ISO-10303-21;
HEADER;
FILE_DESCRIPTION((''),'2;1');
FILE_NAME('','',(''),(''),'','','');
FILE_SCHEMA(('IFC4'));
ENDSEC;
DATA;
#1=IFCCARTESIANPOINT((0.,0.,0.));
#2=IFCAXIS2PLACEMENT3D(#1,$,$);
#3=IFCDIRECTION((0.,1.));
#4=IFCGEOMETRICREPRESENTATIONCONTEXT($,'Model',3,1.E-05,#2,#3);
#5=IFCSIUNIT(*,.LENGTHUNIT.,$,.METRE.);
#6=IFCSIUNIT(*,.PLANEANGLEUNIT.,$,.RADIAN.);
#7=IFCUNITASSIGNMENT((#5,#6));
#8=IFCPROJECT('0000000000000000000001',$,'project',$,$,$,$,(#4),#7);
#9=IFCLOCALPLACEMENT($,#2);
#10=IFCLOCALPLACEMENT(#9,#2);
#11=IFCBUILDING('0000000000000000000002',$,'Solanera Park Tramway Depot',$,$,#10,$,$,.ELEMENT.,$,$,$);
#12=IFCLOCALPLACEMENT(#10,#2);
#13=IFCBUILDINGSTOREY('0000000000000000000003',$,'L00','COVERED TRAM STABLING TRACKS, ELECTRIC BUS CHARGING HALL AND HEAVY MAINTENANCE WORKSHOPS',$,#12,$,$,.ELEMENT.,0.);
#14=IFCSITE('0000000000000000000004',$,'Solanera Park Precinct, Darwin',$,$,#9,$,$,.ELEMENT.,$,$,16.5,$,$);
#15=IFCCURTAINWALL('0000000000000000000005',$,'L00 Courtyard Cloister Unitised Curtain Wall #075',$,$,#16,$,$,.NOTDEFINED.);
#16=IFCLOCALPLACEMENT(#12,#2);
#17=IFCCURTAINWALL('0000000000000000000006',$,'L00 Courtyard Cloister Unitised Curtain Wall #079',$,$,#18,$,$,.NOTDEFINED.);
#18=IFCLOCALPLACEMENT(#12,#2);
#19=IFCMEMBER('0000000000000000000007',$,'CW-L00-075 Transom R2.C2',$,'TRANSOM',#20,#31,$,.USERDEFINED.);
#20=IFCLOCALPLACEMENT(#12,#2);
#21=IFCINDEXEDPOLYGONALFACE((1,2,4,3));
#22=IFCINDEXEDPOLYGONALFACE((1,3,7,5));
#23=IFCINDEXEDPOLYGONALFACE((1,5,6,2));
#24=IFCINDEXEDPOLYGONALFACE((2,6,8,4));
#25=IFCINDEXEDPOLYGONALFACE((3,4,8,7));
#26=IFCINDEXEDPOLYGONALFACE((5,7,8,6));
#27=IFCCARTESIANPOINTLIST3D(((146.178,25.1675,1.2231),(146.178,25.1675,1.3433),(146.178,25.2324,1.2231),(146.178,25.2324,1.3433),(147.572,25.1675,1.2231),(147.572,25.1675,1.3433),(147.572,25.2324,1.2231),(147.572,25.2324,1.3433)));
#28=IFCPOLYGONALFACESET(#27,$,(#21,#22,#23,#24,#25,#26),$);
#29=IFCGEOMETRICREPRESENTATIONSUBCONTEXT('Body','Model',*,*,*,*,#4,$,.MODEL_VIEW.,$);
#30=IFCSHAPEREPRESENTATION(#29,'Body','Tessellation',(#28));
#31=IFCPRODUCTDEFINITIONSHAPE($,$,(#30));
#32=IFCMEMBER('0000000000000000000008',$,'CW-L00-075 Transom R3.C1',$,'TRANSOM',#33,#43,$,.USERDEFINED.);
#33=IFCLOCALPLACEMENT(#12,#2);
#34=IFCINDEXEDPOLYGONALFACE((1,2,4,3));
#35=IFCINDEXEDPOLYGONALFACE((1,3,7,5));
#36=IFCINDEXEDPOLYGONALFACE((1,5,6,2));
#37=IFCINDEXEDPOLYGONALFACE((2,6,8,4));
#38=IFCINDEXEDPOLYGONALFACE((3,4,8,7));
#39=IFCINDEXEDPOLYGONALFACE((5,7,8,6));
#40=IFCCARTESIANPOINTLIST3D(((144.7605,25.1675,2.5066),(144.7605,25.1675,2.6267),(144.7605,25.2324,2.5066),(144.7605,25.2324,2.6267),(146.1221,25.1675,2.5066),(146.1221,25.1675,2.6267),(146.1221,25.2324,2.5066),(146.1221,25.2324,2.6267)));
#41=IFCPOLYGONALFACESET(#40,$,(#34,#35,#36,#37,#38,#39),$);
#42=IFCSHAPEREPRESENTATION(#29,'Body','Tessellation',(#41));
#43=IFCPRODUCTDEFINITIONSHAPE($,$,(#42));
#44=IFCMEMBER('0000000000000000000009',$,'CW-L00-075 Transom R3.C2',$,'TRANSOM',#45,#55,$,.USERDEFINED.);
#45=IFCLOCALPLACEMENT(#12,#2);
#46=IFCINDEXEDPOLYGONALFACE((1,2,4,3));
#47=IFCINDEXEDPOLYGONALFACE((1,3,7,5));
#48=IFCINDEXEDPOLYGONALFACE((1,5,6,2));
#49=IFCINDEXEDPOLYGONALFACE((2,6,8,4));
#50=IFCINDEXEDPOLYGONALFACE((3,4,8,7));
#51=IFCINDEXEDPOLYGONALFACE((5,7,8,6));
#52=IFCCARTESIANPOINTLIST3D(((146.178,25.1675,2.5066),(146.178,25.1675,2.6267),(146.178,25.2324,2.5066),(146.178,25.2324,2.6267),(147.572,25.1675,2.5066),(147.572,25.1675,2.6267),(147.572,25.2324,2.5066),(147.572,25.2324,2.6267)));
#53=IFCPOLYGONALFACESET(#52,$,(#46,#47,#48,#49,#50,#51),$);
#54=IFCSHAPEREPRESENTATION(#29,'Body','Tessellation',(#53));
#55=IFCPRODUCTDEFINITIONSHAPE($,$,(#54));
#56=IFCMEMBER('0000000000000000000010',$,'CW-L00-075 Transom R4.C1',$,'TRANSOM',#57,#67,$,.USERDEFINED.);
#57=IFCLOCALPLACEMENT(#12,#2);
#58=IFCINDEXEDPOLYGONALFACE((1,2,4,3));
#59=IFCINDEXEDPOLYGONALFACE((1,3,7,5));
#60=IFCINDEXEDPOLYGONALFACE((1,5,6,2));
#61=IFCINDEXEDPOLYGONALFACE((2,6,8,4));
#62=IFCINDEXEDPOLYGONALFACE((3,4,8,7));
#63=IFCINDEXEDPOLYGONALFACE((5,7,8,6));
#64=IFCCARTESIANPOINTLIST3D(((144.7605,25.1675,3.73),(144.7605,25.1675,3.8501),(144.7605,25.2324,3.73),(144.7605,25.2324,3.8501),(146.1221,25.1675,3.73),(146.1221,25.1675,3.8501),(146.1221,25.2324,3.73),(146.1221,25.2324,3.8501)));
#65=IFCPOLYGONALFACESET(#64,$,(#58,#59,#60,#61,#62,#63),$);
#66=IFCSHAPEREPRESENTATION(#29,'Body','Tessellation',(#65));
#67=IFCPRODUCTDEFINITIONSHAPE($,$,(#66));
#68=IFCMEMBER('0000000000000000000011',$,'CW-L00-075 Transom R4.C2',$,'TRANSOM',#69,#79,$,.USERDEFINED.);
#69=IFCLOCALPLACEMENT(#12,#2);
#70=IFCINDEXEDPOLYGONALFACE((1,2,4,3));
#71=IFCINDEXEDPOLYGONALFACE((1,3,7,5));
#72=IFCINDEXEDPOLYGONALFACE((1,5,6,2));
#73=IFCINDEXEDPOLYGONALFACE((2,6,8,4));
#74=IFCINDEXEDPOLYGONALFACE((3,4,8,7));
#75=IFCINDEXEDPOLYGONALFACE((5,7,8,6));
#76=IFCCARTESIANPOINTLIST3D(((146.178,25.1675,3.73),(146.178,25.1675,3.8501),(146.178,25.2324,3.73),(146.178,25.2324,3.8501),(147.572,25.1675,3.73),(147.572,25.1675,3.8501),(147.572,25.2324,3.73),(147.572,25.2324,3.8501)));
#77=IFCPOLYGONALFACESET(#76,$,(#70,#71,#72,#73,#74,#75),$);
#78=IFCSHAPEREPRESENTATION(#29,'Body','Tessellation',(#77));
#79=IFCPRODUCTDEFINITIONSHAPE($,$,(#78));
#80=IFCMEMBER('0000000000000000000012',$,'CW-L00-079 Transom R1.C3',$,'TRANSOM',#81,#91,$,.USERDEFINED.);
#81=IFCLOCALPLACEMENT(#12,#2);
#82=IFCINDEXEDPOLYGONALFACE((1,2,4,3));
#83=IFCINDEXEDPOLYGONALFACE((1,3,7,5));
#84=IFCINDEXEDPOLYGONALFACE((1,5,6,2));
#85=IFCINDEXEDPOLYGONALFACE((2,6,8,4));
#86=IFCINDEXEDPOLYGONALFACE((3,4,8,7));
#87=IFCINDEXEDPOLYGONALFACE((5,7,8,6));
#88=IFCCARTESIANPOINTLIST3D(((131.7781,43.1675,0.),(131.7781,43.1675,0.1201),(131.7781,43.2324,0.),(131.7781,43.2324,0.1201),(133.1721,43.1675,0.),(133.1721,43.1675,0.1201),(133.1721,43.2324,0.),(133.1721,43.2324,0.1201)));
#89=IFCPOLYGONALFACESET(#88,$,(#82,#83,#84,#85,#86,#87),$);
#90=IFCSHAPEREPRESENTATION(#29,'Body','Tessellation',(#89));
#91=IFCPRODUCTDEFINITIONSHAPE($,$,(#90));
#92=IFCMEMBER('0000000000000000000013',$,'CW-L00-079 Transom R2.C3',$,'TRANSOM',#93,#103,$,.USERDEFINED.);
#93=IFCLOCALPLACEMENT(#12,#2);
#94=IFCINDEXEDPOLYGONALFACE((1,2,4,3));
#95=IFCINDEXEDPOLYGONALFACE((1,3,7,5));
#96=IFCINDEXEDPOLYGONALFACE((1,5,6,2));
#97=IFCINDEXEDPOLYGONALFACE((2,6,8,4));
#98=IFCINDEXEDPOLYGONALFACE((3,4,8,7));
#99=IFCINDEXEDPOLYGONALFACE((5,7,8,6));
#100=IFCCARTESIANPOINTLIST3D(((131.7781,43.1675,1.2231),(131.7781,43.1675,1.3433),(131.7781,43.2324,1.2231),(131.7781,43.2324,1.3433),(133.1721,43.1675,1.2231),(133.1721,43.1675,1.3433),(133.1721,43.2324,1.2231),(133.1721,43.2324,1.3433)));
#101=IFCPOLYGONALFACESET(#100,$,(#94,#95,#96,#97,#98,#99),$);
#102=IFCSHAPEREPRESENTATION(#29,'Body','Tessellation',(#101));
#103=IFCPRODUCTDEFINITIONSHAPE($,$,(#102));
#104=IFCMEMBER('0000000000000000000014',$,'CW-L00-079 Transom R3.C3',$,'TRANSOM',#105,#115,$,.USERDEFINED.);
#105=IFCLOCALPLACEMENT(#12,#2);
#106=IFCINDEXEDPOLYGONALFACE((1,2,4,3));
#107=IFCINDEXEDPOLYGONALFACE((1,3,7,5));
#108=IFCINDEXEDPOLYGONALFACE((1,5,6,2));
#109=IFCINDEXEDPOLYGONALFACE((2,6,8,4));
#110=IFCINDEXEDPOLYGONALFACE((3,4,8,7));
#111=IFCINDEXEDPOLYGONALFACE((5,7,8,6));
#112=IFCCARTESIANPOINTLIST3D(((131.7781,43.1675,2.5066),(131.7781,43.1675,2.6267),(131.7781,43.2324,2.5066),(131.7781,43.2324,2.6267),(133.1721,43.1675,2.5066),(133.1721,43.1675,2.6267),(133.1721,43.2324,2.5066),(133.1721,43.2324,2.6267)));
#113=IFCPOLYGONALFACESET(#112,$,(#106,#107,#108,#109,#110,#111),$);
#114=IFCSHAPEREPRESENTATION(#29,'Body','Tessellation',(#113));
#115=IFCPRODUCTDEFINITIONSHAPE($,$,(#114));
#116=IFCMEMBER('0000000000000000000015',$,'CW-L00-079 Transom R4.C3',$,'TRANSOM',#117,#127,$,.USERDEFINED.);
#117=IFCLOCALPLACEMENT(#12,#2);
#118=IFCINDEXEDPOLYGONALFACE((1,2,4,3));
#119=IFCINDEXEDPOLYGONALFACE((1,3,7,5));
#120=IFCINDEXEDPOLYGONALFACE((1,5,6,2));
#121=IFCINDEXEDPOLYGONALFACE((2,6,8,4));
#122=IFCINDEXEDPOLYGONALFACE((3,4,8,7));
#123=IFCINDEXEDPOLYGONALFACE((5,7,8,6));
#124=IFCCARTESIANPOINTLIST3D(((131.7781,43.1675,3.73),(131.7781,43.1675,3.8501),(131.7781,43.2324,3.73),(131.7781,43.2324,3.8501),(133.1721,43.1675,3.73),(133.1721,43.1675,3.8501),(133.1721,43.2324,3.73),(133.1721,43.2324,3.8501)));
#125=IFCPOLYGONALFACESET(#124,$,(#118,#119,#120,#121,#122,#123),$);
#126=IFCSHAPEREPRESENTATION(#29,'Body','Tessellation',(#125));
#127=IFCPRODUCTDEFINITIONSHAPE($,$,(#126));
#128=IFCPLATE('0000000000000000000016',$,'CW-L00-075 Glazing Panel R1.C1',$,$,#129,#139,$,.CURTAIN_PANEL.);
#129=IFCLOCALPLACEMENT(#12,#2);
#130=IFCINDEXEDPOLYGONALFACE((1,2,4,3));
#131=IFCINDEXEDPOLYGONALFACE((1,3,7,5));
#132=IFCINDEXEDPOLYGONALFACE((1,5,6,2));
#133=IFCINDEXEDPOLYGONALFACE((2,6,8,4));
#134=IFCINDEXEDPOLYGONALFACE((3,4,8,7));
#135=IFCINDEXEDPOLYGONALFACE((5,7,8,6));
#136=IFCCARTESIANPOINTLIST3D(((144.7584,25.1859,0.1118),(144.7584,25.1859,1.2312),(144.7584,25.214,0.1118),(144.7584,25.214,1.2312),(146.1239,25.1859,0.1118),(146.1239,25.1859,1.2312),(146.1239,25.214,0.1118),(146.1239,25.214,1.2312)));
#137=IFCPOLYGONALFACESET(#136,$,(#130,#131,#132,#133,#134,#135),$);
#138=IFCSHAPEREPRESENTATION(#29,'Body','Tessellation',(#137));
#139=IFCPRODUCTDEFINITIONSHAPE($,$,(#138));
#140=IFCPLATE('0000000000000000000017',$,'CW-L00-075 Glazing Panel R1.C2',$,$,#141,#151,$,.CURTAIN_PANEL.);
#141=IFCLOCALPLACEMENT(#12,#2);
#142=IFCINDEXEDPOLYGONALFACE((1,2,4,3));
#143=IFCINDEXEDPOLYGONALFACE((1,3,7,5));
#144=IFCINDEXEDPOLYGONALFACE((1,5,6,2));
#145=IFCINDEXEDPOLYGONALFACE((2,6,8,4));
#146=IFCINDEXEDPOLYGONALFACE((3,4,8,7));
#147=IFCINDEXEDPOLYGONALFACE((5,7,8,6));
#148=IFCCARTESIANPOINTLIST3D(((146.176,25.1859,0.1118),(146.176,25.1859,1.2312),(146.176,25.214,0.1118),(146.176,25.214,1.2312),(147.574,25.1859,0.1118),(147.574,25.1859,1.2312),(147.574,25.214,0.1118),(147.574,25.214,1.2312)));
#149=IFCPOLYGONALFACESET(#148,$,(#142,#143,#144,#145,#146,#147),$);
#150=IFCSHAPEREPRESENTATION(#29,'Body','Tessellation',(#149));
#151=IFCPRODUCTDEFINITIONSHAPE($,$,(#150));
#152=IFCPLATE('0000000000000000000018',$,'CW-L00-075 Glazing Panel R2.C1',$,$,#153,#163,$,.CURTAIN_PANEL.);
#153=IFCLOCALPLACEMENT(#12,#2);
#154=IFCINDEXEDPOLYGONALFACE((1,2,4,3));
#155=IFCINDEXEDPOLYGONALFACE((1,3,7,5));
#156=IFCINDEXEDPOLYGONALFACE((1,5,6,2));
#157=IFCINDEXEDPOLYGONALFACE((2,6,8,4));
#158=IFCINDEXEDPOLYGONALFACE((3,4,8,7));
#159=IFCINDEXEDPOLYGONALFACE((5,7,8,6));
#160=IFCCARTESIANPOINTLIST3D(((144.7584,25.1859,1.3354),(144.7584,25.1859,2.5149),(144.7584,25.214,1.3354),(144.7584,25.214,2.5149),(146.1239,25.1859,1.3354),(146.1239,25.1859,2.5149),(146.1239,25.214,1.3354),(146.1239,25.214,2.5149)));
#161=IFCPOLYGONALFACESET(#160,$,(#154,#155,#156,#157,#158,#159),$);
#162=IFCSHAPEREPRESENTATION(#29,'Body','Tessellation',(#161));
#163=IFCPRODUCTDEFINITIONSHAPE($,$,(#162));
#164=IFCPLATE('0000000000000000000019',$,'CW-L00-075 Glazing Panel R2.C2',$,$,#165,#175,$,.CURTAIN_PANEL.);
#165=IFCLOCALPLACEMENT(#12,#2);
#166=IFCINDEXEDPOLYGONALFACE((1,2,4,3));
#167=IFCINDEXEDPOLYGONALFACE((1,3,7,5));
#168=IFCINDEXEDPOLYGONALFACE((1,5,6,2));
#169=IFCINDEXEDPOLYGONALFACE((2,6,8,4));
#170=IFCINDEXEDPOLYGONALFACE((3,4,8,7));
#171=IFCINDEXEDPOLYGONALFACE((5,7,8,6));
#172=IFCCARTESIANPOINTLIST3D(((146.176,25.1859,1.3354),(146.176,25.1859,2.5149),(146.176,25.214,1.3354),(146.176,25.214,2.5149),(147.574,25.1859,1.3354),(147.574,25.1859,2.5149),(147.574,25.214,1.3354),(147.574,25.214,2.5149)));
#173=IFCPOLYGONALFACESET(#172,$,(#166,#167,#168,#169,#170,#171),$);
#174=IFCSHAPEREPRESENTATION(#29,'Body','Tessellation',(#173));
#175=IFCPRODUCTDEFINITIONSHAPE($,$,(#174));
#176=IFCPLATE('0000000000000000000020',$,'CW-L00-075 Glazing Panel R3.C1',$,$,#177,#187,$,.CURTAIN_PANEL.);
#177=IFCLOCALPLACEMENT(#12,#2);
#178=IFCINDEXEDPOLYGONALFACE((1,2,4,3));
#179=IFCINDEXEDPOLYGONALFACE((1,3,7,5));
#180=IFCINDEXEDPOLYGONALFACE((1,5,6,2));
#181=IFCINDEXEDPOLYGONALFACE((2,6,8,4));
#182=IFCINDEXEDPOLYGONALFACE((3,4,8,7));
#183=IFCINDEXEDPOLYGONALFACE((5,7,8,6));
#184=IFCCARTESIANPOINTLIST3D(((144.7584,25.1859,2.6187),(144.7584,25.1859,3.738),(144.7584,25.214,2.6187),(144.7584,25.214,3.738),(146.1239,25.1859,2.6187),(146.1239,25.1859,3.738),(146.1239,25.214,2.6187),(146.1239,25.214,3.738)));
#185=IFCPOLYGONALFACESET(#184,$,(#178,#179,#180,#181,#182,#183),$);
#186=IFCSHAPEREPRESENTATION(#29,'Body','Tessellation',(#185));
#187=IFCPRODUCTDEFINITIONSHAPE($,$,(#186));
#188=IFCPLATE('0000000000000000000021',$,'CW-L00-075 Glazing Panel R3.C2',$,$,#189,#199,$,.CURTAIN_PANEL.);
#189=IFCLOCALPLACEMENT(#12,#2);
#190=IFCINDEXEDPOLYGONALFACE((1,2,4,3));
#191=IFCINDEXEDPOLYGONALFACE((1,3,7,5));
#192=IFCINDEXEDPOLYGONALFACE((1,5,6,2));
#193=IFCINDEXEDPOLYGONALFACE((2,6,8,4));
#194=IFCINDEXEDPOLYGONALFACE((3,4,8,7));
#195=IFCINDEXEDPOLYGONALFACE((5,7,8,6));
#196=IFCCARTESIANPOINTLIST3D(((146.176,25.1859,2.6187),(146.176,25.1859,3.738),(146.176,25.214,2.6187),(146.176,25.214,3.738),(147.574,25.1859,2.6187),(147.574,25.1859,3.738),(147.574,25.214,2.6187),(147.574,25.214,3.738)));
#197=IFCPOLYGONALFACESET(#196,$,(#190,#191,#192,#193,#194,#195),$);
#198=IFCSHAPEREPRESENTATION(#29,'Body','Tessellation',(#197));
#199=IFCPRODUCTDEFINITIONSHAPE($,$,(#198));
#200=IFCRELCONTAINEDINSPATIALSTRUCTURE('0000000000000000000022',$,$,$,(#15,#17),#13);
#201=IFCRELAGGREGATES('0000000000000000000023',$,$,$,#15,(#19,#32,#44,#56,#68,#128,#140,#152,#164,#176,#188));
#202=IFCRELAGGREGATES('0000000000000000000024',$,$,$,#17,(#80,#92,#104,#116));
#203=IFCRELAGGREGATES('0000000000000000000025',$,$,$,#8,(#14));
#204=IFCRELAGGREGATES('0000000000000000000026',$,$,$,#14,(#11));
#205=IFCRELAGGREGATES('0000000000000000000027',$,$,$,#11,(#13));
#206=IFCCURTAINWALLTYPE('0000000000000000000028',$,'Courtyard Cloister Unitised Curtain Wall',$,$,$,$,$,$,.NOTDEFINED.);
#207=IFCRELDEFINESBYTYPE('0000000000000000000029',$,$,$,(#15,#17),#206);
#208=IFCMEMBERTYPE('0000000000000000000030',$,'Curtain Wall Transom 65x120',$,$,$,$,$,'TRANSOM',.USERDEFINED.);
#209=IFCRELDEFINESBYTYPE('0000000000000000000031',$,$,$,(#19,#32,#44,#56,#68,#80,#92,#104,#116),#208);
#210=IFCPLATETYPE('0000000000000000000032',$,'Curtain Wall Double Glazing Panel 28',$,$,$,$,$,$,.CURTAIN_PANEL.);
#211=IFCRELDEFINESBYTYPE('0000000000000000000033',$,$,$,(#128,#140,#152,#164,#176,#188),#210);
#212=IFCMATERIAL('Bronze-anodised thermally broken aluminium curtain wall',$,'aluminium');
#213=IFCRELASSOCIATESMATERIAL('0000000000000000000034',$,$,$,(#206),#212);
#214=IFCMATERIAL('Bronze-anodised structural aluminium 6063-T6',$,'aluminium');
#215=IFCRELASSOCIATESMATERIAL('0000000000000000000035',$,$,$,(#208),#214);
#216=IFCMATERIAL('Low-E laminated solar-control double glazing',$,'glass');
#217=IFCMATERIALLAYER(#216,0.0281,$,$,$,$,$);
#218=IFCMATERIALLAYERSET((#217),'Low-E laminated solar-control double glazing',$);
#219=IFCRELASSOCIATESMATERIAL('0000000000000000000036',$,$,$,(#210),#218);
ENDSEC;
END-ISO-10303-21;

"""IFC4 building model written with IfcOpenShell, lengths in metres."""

from ifc_helpers import new_model, si_unit, direction, frame, origin, origin_2d, place, context, subcontext, project, spatial, rectangle, extrude, material, layer, layer_set, material_profile, profile_set, type_object, element, aggregate, save


model = new_model("IFC4")

# Units and contexts
model_context = context("Model", 3, precision=1e-05, world=origin(), true_north=direction((0.0, 1.0)))
body_context = subcontext(model_context, "Body", "Model", "MODEL_VIEW")
ifc_project = project(units=[si_unit("LENGTHUNIT", "METRE"), si_unit("PLANEANGLEUNIT", "RADIAN")], contexts=[model_context])

# Site, building, storey
site_placement = place(None, origin())
site = spatial("IfcSite", under=ifc_project, at=site_placement, Name="Solanera Park Precinct, Darwin", CompositionType="ELEMENT", RefElevation=16.5)
building_placement = place(site_placement, origin())
building = spatial("IfcBuilding", under=site, at=building_placement, Name="Solanera Park Tramway Depot", CompositionType="ELEMENT")
storey_placement = place(building_placement, origin())
storey = spatial("IfcBuildingStorey", under=building, at=storey_placement, Name="L00", Description="COVERED TRAM STABLING TRACKS, ELECTRIC BUS CHARGING HALL AND HEAVY MAINTENANCE WORKSHOPS", CompositionType="ELEMENT", Elevation=0.0)

# Curtain wall
ifc_material_1 = material(Name="Bronze-anodised thermally broken aluminium curtain wall", Category="aluminium")
curtain_wall_type = type_object("IfcCurtainWallType", Name="Courtyard Cloister Unitised Curtain Wall", PredefinedType="NOTDEFINED", material=ifc_material_1)
curtain_wall_1_placement = place(storey_placement, origin())
curtain_wall_1 = element("IfcCurtainWall", 1, at=curtain_wall_1_placement, inside=storey, type_object=curtain_wall_type, Name="L00 Courtyard Cloister Unitised Curtain Wall #075", PredefinedType="NOTDEFINED")

# Curtain wall
curtain_wall_2_placement = place(storey_placement, origin())
curtain_wall_2 = element("IfcCurtainWall", 2, at=curtain_wall_2_placement, inside=storey, type_object=curtain_wall_type, Name="L00 Courtyard Cloister Unitised Curtain Wall #079", PredefinedType="NOTDEFINED")

# Members
ifc_material_2 = material(Name="Bronze-anodised structural aluminium 6063-T6", Category="aluminium")
ifc_material_profile_1 = material_profile(ifc_material_2, rectangle(XDim=0.0649, YDim=0.1201, at=origin_2d()), Name="Curtain Wall Transom 65x120")
ifc_profile_set_1 = profile_set([ifc_material_profile_1], Name="Bronze-anodised structural aluminium 6063-T6")
member_type_1 = type_object("IfcMemberType", Name="Curtain Wall Transom 65x120", ElementType="TRANSOM", PredefinedType="USERDEFINED", material=ifc_profile_set_1)
member_1_placement = place(storey_placement, frame((146.178, 25.2, 1.2832), z_axis=(1.0, 0.0, 0.0), x_axis=(0.0, 1.0, 0.0)))
member_1 = element("IfcMember", 3, at=member_1_placement, type_object=member_type_1, Name="CW-L00-075 Transom R2.C2", ObjectType="TRANSOM", PredefinedType="USERDEFINED", context=body_context, shape_type="SweptSolid", body=[
    extrude(rectangle(XDim=0.0649, YDim=0.1201, at=origin_2d()), origin(), (0.0, 0.0, 1.0), 1.394),
])
member_2_placement = place(storey_placement, frame((144.7605, 25.2, 2.5667), z_axis=(1.0, 0.0, 0.0), x_axis=(0.0, 1.0, 0.0)))
member_2 = element("IfcMember", 4, at=member_2_placement, type_object=member_type_1, Name="CW-L00-075 Transom R3.C1", ObjectType="TRANSOM", PredefinedType="USERDEFINED", context=body_context, shape_type="SweptSolid", body=[
    extrude(rectangle(XDim=0.0649, YDim=0.1201, at=origin_2d()), origin(), (0.0, 0.0, 1.0), 1.3616),
])
member_3_placement = place(storey_placement, frame((146.178, 25.2, 2.5667), z_axis=(1.0, 0.0, 0.0), x_axis=(0.0, 1.0, 0.0)))
member_3 = element("IfcMember", 5, at=member_3_placement, type_object=member_type_1, Name="CW-L00-075 Transom R3.C2", ObjectType="TRANSOM", PredefinedType="USERDEFINED", context=body_context, shape_type="SweptSolid", body=[
    extrude(rectangle(XDim=0.0649, YDim=0.1201, at=origin_2d()), origin(), (0.0, 0.0, 1.0), 1.394),
])
member_4_placement = place(storey_placement, frame((144.7605, 25.2, 3.79), z_axis=(1.0, 0.0, 0.0), x_axis=(0.0, 1.0, 0.0)))
member_4 = element("IfcMember", 6, at=member_4_placement, type_object=member_type_1, Name="CW-L00-075 Transom R4.C1", ObjectType="TRANSOM", PredefinedType="USERDEFINED", context=body_context, shape_type="SweptSolid", body=[
    extrude(rectangle(XDim=0.0649, YDim=0.1201, at=origin_2d()), origin(), (0.0, 0.0, 1.0), 1.3616),
])
member_5_placement = place(storey_placement, frame((146.178, 25.2, 3.79), z_axis=(1.0, 0.0, 0.0), x_axis=(0.0, 1.0, 0.0)))
member_5 = element("IfcMember", 7, at=member_5_placement, type_object=member_type_1, Name="CW-L00-075 Transom R4.C2", ObjectType="TRANSOM", PredefinedType="USERDEFINED", context=body_context, shape_type="SweptSolid", body=[
    extrude(rectangle(XDim=0.0649, YDim=0.1201, at=origin_2d()), origin(), (0.0, 0.0, 1.0), 1.394),
])
member_6_placement = place(storey_placement, frame((133.1721, 43.2, 0.0601), z_axis=(-1.0, 0.0, 0.0), x_axis=(0.0, -1.0, 0.0)))
member_6 = element("IfcMember", 8, at=member_6_placement, type_object=member_type_1, Name="CW-L00-079 Transom R1.C3", ObjectType="TRANSOM", PredefinedType="USERDEFINED", context=body_context, shape_type="SweptSolid", body=[
    extrude(rectangle(XDim=0.0649, YDim=0.1201, at=origin_2d()), origin(), (0.0, 0.0, 1.0), 1.394),
])
member_7_placement = place(storey_placement, frame((133.1721, 43.2, 1.2832), z_axis=(-1.0, 0.0, 0.0), x_axis=(0.0, -1.0, 0.0)))
member_7 = element("IfcMember", 9, at=member_7_placement, type_object=member_type_1, Name="CW-L00-079 Transom R2.C3", ObjectType="TRANSOM", PredefinedType="USERDEFINED", context=body_context, shape_type="SweptSolid", body=[
    extrude(rectangle(XDim=0.0649, YDim=0.1201, at=origin_2d()), origin(), (0.0, 0.0, 1.0), 1.394),
])
member_8_placement = place(storey_placement, frame((133.1721, 43.2, 2.5667), z_axis=(-1.0, 0.0, 0.0), x_axis=(0.0, -1.0, 0.0)))
member_8 = element("IfcMember", 10, at=member_8_placement, type_object=member_type_1, Name="CW-L00-079 Transom R3.C3", ObjectType="TRANSOM", PredefinedType="USERDEFINED", context=body_context, shape_type="SweptSolid", body=[
    extrude(rectangle(XDim=0.0649, YDim=0.1201, at=origin_2d()), origin(), (0.0, 0.0, 1.0), 1.394),
])
member_9_placement = place(storey_placement, frame((133.1721, 43.2, 3.79), z_axis=(-1.0, 0.0, 0.0), x_axis=(0.0, -1.0, 0.0)))
member_9 = element("IfcMember", 11, at=member_9_placement, type_object=member_type_1, Name="CW-L00-079 Transom R4.C3", ObjectType="TRANSOM", PredefinedType="USERDEFINED", context=body_context, shape_type="SweptSolid", body=[
    extrude(rectangle(XDim=0.0649, YDim=0.1201, at=origin_2d()), origin(), (0.0, 0.0, 1.0), 1.394),
])

# Plates
ifc_material_3 = material(Name="Low-E laminated solar-control double glazing", Category="glass")
ifc_layer = layer(ifc_material_3, 0.0281)
ifc_layer_set = layer_set([ifc_layer], Name="Low-E laminated solar-control double glazing")
plate_type = type_object("IfcPlateType", Name="Curtain Wall Double Glazing Panel 28", PredefinedType="CURTAIN_PANEL", material=ifc_layer_set)
plate_1_placement = place(storey_placement, frame((145.4412, 25.2, 0.1118), z_axis=(0.0, 0.0, 1.0), x_axis=(1.0, 0.0, 0.0)))
plate_1 = element("IfcPlate", 12, at=plate_1_placement, type_object=plate_type, Name="CW-L00-075 Glazing Panel R1.C1", PredefinedType="CURTAIN_PANEL", context=body_context, shape_type="SweptSolid", body=[
    extrude(rectangle(XDim=1.3655, YDim=0.0281, at=origin_2d()), origin(), (0.0, 0.0, 1.0), 1.1194),
])
plate_2_placement = place(storey_placement, frame((146.875, 25.2, 0.1118), z_axis=(0.0, 0.0, 1.0), x_axis=(1.0, 0.0, 0.0)))
plate_2 = element("IfcPlate", 13, at=plate_2_placement, type_object=plate_type, Name="CW-L00-075 Glazing Panel R1.C2", PredefinedType="CURTAIN_PANEL", context=body_context, shape_type="SweptSolid", body=[
    extrude(rectangle(XDim=1.3979, YDim=0.0281, at=origin_2d()), origin(), (0.0, 0.0, 1.0), 1.1194),
])
plate_3_placement = place(storey_placement, frame((145.4412, 25.2, 1.3354), z_axis=(0.0, 0.0, 1.0), x_axis=(1.0, 0.0, 0.0)))
plate_3 = element("IfcPlate", 14, at=plate_3_placement, type_object=plate_type, Name="CW-L00-075 Glazing Panel R2.C1", PredefinedType="CURTAIN_PANEL", context=body_context, shape_type="SweptSolid", body=[
    extrude(rectangle(XDim=1.3655, YDim=0.0281, at=origin_2d()), origin(), (0.0, 0.0, 1.0), 1.1794),
])
plate_4_placement = place(storey_placement, frame((146.875, 25.2, 1.3354), z_axis=(0.0, 0.0, 1.0), x_axis=(1.0, 0.0, 0.0)))
plate_4 = element("IfcPlate", 15, at=plate_4_placement, type_object=plate_type, Name="CW-L00-075 Glazing Panel R2.C2", PredefinedType="CURTAIN_PANEL", context=body_context, shape_type="SweptSolid", body=[
    extrude(rectangle(XDim=1.3979, YDim=0.0281, at=origin_2d()), origin(), (0.0, 0.0, 1.0), 1.1794),
])
plate_5_placement = place(storey_placement, frame((145.4412, 25.2, 2.6187), z_axis=(0.0, 0.0, 1.0), x_axis=(1.0, 0.0, 0.0)))
plate_5 = element("IfcPlate", 16, at=plate_5_placement, type_object=plate_type, Name="CW-L00-075 Glazing Panel R3.C1", PredefinedType="CURTAIN_PANEL", context=body_context, shape_type="SweptSolid", body=[
    extrude(rectangle(XDim=1.3655, YDim=0.0281, at=origin_2d()), origin(), (0.0, 0.0, 1.0), 1.1194),
])
plate_6_placement = place(storey_placement, frame((146.875, 25.2, 2.6187), z_axis=(0.0, 0.0, 1.0), x_axis=(1.0, 0.0, 0.0)))
plate_6 = element("IfcPlate", 17, at=plate_6_placement, type_object=plate_type, Name="CW-L00-075 Glazing Panel R3.C2", PredefinedType="CURTAIN_PANEL", context=body_context, shape_type="SweptSolid", body=[
    extrude(rectangle(XDim=1.3979, YDim=0.0281, at=origin_2d()), origin(), (0.0, 0.0, 1.0), 1.1194),
])
aggregate(curtain_wall_1, [member_1, member_2, member_3, member_4, member_5, plate_1, plate_2, plate_3, plate_4, plate_5, plate_6])
aggregate(curtain_wall_2, [member_6, member_7, member_8, member_9])

save(model, "model.ifc")
